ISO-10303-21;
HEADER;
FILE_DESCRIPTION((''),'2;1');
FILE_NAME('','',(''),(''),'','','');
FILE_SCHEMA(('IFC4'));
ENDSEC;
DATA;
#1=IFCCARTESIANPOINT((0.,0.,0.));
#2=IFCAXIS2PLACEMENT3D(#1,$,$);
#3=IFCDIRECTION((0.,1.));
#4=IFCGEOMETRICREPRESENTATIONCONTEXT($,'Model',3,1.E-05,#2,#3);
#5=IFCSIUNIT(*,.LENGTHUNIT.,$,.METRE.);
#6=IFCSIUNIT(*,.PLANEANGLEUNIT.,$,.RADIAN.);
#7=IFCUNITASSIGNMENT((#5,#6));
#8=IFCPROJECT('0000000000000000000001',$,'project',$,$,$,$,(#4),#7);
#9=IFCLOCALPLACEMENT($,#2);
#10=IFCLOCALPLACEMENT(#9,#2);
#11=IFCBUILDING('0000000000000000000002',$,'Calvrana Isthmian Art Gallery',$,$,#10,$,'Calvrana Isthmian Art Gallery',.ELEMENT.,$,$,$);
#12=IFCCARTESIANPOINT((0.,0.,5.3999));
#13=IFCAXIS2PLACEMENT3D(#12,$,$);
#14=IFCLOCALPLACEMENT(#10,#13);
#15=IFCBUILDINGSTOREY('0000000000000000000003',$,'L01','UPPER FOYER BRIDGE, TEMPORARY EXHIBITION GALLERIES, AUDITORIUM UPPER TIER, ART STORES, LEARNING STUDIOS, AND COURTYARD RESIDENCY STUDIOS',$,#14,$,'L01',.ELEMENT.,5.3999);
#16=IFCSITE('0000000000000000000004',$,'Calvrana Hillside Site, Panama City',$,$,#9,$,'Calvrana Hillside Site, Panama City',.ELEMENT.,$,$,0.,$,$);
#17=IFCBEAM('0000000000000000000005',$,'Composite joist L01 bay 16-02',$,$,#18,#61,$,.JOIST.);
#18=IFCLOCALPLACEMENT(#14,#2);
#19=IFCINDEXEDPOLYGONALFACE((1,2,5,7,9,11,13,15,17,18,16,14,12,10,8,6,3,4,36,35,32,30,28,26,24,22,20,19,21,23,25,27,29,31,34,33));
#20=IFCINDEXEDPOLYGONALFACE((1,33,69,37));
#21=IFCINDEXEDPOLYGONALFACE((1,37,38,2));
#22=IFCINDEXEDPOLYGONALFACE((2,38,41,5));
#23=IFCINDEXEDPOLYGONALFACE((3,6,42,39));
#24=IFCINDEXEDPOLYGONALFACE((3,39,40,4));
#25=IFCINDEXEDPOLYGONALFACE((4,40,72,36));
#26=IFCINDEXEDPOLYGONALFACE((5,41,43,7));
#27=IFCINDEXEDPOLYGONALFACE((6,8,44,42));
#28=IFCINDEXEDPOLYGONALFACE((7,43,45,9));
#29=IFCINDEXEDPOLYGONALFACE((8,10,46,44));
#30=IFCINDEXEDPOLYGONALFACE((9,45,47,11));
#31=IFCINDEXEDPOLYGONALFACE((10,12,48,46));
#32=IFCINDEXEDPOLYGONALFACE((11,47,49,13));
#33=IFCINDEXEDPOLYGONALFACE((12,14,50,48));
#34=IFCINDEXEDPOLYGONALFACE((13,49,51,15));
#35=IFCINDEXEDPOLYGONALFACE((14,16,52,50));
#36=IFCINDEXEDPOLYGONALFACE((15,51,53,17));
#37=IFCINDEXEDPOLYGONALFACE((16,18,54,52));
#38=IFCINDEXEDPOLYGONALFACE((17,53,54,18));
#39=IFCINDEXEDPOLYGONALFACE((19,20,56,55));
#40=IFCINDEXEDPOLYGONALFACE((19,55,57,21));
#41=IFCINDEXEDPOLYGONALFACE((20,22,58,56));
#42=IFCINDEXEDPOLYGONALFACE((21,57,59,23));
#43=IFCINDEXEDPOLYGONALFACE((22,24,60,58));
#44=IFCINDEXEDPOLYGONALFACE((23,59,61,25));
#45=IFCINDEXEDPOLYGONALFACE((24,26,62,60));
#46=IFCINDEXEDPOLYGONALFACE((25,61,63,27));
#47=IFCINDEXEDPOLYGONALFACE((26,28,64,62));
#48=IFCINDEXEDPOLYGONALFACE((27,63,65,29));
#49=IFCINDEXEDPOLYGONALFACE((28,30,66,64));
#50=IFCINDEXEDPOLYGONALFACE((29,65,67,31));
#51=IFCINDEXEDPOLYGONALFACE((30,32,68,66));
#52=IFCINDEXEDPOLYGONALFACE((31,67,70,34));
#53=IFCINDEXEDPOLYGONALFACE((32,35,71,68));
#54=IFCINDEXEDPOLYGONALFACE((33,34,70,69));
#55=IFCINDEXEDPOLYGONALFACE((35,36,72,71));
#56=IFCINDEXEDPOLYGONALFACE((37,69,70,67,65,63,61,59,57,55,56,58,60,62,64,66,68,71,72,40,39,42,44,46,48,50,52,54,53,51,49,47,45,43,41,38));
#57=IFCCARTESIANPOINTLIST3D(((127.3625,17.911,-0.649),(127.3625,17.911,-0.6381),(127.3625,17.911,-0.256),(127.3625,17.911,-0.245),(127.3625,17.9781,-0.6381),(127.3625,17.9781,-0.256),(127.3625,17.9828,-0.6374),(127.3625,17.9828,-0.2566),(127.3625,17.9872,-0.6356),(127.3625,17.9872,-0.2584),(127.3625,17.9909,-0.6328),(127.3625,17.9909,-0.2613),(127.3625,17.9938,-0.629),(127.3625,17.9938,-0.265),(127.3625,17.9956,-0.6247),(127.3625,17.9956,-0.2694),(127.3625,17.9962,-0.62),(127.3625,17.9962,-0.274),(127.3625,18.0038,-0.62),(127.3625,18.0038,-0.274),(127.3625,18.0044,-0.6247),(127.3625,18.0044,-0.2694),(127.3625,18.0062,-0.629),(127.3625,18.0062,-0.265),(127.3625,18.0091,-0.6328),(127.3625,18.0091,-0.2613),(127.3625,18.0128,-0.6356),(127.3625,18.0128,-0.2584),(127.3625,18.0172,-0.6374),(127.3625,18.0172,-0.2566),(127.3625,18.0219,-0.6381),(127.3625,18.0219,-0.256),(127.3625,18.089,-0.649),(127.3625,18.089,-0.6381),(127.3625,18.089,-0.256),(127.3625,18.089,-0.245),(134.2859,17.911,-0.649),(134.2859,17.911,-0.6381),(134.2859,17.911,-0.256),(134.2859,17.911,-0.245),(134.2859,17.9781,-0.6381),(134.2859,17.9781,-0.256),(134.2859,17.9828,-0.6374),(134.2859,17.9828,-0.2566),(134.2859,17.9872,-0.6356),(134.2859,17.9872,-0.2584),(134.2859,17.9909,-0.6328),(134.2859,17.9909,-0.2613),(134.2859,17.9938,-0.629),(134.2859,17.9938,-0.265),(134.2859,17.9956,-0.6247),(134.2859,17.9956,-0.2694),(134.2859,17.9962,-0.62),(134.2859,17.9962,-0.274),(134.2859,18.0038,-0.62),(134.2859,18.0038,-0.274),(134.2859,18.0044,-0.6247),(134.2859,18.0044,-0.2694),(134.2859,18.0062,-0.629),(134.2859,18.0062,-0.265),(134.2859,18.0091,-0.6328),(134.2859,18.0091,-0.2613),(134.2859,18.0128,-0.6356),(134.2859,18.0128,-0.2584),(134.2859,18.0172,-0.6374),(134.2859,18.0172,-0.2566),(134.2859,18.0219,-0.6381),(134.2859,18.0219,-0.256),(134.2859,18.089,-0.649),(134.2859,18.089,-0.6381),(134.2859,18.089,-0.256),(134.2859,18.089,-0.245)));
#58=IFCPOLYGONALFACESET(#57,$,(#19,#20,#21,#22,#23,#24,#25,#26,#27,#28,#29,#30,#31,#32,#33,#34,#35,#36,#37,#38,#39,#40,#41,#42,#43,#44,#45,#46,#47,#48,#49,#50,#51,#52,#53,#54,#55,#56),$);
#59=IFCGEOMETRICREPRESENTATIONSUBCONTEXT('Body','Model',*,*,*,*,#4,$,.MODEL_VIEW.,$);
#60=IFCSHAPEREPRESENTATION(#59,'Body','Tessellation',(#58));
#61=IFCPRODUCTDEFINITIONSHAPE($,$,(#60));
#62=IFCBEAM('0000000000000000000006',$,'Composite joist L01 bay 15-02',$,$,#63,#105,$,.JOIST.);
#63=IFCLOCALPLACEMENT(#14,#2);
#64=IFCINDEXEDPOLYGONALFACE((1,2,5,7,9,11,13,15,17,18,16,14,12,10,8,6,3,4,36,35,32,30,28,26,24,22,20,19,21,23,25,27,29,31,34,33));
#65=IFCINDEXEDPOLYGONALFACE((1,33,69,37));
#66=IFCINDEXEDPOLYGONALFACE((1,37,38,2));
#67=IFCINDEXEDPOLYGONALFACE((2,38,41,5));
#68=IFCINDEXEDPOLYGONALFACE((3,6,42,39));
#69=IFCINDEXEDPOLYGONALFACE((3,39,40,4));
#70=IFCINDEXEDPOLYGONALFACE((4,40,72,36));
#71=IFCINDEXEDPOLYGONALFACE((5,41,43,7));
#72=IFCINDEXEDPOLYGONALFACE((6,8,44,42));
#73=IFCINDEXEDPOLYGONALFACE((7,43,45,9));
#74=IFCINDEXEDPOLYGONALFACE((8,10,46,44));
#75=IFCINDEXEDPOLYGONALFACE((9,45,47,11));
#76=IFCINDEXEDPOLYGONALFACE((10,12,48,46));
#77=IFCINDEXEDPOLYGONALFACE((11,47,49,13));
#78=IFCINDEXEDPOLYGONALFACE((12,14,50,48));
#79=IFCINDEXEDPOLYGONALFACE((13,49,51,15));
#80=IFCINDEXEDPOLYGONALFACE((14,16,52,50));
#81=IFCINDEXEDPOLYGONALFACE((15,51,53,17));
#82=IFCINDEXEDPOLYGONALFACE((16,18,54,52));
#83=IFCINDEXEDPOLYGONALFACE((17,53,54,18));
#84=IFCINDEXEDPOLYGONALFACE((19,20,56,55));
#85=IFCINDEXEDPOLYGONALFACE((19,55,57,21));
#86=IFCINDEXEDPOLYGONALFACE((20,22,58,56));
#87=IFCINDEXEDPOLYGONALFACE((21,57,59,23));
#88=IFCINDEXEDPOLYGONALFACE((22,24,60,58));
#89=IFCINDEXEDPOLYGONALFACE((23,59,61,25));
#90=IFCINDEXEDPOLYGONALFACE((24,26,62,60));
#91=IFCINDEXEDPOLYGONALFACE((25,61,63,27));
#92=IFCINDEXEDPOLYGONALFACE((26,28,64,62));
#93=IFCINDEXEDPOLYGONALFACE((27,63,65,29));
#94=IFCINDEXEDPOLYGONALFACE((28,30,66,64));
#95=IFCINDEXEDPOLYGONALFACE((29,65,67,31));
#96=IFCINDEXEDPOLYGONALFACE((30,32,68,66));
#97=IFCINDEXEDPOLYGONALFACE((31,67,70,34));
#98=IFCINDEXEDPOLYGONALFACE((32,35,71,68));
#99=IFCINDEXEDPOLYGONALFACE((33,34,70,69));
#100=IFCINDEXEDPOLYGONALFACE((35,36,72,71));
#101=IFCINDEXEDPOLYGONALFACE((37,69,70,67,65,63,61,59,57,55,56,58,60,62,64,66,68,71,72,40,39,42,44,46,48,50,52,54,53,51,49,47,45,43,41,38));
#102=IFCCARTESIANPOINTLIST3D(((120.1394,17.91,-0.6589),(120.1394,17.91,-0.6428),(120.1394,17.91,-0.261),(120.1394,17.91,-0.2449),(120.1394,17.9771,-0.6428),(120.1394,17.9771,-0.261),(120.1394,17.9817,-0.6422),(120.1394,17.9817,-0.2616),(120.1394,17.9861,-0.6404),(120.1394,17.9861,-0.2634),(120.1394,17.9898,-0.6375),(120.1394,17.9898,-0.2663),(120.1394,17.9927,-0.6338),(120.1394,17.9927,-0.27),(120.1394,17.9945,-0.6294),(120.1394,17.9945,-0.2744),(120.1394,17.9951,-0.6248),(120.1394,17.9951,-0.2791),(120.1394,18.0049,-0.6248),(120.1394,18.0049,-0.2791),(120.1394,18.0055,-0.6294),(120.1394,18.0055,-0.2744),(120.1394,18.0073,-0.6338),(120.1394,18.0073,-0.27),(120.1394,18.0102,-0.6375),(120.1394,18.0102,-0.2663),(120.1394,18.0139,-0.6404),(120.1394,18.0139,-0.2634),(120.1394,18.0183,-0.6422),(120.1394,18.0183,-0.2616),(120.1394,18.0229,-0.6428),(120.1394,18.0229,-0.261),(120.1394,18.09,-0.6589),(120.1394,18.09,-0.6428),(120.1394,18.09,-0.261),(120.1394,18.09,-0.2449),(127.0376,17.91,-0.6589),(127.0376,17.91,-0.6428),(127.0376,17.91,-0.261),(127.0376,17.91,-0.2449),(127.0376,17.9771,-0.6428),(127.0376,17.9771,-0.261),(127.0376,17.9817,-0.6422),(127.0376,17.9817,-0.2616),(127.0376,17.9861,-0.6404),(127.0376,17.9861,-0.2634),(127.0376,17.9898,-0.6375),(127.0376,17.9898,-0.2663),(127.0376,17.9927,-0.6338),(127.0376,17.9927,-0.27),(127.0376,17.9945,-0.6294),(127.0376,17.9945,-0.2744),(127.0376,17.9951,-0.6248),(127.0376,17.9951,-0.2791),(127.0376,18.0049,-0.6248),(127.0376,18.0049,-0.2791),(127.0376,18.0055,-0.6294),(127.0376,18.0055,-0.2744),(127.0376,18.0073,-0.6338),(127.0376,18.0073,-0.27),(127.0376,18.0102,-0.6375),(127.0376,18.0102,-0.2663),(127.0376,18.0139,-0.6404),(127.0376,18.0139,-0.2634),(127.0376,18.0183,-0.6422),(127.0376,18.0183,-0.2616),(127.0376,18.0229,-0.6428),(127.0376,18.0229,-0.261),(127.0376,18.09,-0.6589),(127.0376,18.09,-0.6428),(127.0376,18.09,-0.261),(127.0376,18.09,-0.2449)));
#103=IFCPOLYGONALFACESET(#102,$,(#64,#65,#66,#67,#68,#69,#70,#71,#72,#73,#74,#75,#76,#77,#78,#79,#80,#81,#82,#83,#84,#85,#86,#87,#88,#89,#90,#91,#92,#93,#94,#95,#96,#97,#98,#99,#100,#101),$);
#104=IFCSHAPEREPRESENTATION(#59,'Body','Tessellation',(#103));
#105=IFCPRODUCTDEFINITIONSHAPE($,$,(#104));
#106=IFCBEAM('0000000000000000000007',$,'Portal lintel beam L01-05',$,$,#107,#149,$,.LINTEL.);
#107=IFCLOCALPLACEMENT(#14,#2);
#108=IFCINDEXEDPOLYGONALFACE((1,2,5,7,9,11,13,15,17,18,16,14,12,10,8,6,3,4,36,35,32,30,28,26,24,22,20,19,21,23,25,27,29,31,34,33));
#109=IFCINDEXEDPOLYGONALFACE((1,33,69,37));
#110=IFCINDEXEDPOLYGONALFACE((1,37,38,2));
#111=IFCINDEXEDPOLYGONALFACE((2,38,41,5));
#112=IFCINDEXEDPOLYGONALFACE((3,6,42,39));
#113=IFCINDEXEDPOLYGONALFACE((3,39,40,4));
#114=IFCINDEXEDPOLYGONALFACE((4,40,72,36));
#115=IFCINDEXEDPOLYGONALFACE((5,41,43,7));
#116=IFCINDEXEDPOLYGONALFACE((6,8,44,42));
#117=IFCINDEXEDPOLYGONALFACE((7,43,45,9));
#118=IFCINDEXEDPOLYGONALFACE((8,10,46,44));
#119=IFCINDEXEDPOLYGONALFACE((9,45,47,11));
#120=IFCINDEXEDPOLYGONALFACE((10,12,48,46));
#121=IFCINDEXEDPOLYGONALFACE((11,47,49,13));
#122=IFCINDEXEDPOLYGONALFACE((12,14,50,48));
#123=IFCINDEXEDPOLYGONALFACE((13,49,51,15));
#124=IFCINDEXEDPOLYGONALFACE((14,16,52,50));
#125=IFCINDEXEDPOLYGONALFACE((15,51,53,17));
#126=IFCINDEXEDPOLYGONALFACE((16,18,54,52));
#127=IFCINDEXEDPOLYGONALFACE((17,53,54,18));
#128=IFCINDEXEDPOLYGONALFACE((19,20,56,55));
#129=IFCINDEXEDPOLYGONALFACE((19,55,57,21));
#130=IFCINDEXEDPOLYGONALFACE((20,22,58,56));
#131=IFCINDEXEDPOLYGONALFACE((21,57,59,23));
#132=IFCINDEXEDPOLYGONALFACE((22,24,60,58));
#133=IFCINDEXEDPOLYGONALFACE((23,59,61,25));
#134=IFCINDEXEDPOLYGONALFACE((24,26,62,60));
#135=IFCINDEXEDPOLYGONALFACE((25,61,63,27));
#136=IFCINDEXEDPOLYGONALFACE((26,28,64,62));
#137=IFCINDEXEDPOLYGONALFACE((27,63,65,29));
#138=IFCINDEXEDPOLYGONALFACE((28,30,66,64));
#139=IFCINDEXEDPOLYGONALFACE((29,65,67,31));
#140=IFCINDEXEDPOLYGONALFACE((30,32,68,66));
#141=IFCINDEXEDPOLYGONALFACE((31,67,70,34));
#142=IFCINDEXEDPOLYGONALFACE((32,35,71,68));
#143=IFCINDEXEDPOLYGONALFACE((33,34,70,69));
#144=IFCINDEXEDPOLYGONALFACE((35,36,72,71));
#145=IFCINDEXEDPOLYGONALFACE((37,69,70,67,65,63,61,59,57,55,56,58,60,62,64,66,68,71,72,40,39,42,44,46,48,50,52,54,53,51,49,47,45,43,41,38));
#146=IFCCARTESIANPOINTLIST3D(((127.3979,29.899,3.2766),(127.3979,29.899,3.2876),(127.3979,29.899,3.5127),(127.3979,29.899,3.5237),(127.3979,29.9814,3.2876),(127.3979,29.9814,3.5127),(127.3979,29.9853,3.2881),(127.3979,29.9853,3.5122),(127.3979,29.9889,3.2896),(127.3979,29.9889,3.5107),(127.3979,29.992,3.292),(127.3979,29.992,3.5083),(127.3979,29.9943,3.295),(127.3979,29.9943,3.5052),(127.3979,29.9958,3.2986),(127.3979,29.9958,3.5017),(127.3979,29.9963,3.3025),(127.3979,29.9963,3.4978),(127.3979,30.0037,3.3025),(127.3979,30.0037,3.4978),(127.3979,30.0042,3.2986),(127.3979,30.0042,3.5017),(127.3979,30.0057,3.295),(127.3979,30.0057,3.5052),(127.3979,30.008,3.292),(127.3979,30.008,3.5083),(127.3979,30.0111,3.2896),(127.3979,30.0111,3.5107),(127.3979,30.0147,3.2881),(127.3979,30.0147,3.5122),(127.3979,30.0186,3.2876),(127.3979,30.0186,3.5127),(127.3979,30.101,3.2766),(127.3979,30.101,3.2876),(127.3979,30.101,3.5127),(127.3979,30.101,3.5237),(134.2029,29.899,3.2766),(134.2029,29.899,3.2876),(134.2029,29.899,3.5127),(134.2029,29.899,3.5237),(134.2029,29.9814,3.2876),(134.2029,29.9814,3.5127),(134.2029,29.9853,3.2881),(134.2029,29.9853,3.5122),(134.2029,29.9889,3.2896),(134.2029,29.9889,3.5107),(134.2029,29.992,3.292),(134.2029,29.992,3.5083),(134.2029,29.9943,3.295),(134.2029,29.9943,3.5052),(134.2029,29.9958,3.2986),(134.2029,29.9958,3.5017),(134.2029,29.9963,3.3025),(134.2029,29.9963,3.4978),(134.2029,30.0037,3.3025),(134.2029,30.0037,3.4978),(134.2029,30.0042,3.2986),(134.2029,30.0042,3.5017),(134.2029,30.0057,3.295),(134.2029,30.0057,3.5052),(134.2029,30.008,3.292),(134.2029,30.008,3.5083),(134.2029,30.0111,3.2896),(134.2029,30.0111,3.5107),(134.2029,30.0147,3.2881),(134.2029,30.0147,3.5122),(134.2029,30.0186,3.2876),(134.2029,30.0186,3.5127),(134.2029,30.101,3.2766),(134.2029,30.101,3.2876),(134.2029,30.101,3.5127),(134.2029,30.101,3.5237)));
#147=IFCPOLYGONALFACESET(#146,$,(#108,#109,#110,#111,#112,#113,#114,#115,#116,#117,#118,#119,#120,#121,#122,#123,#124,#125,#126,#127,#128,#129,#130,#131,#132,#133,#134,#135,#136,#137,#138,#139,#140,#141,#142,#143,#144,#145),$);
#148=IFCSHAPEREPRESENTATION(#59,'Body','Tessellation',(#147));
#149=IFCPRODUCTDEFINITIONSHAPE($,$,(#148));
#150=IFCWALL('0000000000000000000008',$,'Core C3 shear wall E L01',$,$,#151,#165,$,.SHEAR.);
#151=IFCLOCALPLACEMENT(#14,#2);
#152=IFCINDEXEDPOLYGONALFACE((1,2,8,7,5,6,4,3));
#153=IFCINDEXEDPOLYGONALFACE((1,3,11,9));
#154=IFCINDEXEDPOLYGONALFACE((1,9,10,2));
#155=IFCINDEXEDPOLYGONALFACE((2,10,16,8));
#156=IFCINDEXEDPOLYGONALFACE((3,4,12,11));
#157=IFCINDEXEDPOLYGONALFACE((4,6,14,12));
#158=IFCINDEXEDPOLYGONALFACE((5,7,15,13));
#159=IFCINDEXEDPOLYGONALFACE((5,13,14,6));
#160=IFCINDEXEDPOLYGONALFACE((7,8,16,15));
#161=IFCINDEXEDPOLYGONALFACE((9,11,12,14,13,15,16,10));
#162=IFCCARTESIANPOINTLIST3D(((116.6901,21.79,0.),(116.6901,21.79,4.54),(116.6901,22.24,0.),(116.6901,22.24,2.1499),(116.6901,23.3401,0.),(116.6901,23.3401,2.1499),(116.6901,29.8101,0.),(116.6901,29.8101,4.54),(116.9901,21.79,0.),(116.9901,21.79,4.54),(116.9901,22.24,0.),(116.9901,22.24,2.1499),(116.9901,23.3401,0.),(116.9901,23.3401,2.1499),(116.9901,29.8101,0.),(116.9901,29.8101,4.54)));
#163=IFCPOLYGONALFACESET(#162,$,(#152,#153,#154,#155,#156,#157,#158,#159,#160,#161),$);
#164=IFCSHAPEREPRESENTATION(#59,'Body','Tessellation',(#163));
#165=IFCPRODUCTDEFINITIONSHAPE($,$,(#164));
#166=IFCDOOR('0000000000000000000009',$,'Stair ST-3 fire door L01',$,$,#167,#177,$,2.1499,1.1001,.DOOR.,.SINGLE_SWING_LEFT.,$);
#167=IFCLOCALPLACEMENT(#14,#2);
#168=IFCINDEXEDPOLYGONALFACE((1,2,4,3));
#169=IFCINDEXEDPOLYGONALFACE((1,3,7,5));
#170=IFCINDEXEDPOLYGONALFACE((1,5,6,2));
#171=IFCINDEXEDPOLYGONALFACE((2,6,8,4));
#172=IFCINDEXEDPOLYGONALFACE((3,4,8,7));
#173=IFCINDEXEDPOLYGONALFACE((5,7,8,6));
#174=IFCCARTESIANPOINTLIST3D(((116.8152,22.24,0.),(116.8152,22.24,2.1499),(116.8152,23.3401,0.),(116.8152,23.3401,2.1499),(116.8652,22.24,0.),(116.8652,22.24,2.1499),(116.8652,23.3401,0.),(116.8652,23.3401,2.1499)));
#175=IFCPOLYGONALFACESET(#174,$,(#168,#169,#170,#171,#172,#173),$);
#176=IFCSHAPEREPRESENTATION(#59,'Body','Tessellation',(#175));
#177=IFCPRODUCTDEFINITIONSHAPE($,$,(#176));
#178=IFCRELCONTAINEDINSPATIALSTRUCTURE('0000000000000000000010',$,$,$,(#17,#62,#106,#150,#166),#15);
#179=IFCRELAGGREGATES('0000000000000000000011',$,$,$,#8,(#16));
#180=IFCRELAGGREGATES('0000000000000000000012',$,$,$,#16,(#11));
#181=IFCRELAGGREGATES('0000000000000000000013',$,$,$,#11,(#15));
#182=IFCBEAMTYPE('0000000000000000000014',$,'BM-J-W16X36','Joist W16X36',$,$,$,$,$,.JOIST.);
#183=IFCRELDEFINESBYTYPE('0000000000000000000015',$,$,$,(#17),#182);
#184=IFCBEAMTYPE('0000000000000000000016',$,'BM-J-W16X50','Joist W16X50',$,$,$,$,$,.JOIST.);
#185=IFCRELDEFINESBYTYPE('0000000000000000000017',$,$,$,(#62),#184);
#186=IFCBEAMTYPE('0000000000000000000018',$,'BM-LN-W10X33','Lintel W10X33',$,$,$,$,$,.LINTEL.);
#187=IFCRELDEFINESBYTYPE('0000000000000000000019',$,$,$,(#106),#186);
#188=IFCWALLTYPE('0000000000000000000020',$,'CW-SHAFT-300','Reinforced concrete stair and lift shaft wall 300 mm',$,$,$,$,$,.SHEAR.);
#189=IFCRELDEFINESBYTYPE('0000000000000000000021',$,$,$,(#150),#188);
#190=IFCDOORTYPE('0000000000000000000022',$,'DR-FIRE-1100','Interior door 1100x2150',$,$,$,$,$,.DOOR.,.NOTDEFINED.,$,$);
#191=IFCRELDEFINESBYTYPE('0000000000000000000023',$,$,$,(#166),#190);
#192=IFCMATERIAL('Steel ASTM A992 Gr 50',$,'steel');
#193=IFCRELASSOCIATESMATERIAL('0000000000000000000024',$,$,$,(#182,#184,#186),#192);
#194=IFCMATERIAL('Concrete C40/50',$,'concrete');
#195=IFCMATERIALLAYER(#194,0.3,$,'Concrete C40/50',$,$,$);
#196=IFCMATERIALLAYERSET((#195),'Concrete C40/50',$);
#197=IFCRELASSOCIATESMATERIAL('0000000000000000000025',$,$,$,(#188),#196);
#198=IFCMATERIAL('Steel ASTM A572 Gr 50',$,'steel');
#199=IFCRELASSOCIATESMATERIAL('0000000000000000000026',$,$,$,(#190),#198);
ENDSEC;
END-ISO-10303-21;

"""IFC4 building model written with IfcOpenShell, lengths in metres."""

from ifc_helpers import new_model, si_unit, direction, frame, frame_2d, origin, origin_2d, place, context, subcontext, project, spatial, rectangle, i_section, extrude, material, layer, layer_set, material_profile, profile_set, type_object, element, fill, save


model = new_model("IFC4")

# Units and contexts
model_context = context("Model", 3, precision=1e-05, world=origin(), true_north=direction((0.0, 1.0)))
body_context = subcontext(model_context, "Body", "Model", "MODEL_VIEW")
ifc_project = project(units=[si_unit("LENGTHUNIT", "METRE"), si_unit("PLANEANGLEUNIT", "RADIAN")], contexts=[model_context])

# Site, building, storey
site_placement = place(None, origin())
site = spatial("IfcSite", under=ifc_project, at=site_placement, Name="Calvrana Hillside Site, Panama City", LongName="Calvrana Hillside Site, Panama City", CompositionType="ELEMENT", RefElevation=0.0)
building_placement = place(site_placement, origin())
building = spatial("IfcBuilding", under=site, at=building_placement, Name="Calvrana Isthmian Art Gallery", LongName="Calvrana Isthmian Art Gallery", CompositionType="ELEMENT")
storey_placement = place(building_placement, frame((0.0, 0.0, 5.3999)))
storey = spatial("IfcBuildingStorey", under=building, at=storey_placement, Name="L01", Description="UPPER FOYER BRIDGE, TEMPORARY EXHIBITION GALLERIES, AUDITORIUM UPPER TIER, ART STORES, LEARNING STUDIOS, AND COURTYARD RESIDENCY STUDIOS", LongName="L01", CompositionType="ELEMENT", Elevation=5.3999)

# Shared definitions
ifc_material_1 = material(Name="Steel ASTM A992 Gr 50", Category="steel")

# Beams
ifc_material_profile_1 = material_profile(ifc_material_1, i_section(OverallWidth=0.178, OverallDepth=0.4041, WebThickness=0.0076, FlangeThickness=0.011, FilletRadius=0.0181, at=origin_2d()), Name="W16X36")
ifc_profile_set_1 = profile_set([ifc_material_profile_1], Name="Steel ASTM A992 Gr 50")
beam_type_1 = type_object("IfcBeamType", Name="BM-J-W16X36", Description="Joist W16X36", PredefinedType="JOIST", material=ifc_profile_set_1)
beam_1_placement = place(storey_placement, frame((127.3625, 18.0, -0.447), z_axis=(1.0, 0.0, 0.0), x_axis=(0.0, 1.0, 0.0)))
element("IfcBeam", 1, at=beam_1_placement, inside=storey, type_object=beam_type_1, Name="Composite joist L01 bay 16-02", PredefinedType="JOIST", context=body_context, shape_type="SweptSolid", body=[
    extrude(i_section(OverallWidth=0.178, OverallDepth=0.4041, WebThickness=0.0076, FlangeThickness=0.011, FilletRadius=0.0181, at=origin_2d()), origin(), (0.0, 0.0, 1.0), 6.9233),
])
ifc_material_profile_2 = material_profile(ifc_material_1, i_section(OverallWidth=0.1799, OverallDepth=0.4141, WebThickness=0.0098, FlangeThickness=0.0161, FilletRadius=0.0181, at=origin_2d()), Name="W16X50")
ifc_profile_set_2 = profile_set([ifc_material_profile_2], Name="Steel ASTM A992 Gr 50")
beam_type_2 = type_object("IfcBeamType", Name="BM-J-W16X50", Description="Joist W16X50", PredefinedType="JOIST", material=ifc_profile_set_2)
beam_2_placement = place(storey_placement, frame((120.1394, 18.0, -0.4519), z_axis=(1.0, 0.0, 0.0), x_axis=(0.0, 1.0, 0.0)))
element("IfcBeam", 2, at=beam_2_placement, inside=storey, type_object=beam_type_2, Name="Composite joist L01 bay 15-02", PredefinedType="JOIST", context=body_context, shape_type="SweptSolid", body=[
    extrude(i_section(OverallWidth=0.1799, OverallDepth=0.4141, WebThickness=0.0098, FlangeThickness=0.0161, FilletRadius=0.0181, at=origin_2d()), origin(), (0.0, 0.0, 1.0), 6.8982),
])
ifc_material_profile_3 = material_profile(ifc_material_1, i_section(OverallWidth=0.2019, OverallDepth=0.2471, WebThickness=0.0073, FlangeThickness=0.011, FilletRadius=0.0149, at=origin_2d()), Name="W10X33")
ifc_profile_set_3 = profile_set([ifc_material_profile_3], Name="Steel ASTM A992 Gr 50")
beam_type_3 = type_object("IfcBeamType", Name="BM-LN-W10X33", Description="Lintel W10X33", PredefinedType="LINTEL", material=ifc_profile_set_3)
beam_3_placement = place(storey_placement, frame((127.3979, 30.0, 3.4001), z_axis=(1.0, 0.0, 0.0), x_axis=(0.0, 1.0, 0.0)))
element("IfcBeam", 3, at=beam_3_placement, inside=storey, type_object=beam_type_3, Name="Portal lintel beam L01-05", PredefinedType="LINTEL", context=body_context, shape_type="SweptSolid", body=[
    extrude(i_section(OverallWidth=0.2019, OverallDepth=0.2471, WebThickness=0.0073, FlangeThickness=0.011, FilletRadius=0.0149, at=origin_2d()), origin(), (0.0, 0.0, 1.0), 6.8049),
])

# Wall, opening, door
ifc_material_2 = material(Name="Concrete C40/50", Category="concrete")
ifc_layer_1 = layer(ifc_material_2, 0.3, Name="Concrete C40/50")
ifc_layer_set_1 = layer_set([ifc_layer_1], Name="Concrete C40/50")
wall_type_1 = type_object("IfcWallType", Name="CW-SHAFT-300", Description="Reinforced concrete stair and lift shaft wall 300 mm", PredefinedType="SHEAR", material=ifc_layer_set_1)
wall_1_placement = place(storey_placement, frame((116.8401, 21.79, 0.0), z_axis=(0.0, 0.0, 1.0), x_axis=(0.0, 1.0, 0.0)))
wall_1 = element("IfcWall", 4, at=wall_1_placement, inside=storey, type_object=wall_type_1, Name="Core C3 shear wall E L01", PredefinedType="SHEAR", context=body_context, shape_type="SweptSolid", body=[
    extrude(rectangle(XDim=8.02, YDim=0.3, at=frame_2d((4.01, 0.0))), origin(), (0.0, 0.0, 1.0), 4.54),
])
opening_1_placement = place(wall_1_placement, frame((0.45, 0.0, 0.0)))
opening_1 = element("IfcOpeningElement", 5, at=opening_1_placement, cuts=wall_1, PredefinedType="OPENING", context=body_context, shape_type="SweptSolid", body=[
    extrude(rectangle(XDim=1.1001, YDim=2.1499, at=frame_2d((0.55, 1.075))), frame((0.0, 0.1602, 0.0), z_axis=(0.0, -1.0, 0.0), x_axis=(1.0, 0.0, 0.0)), (0.0, 0.0, 1.0), 0.3206),
])
ifc_material_3 = material(Name="Steel ASTM A572 Gr 50", Category="steel")
door_type_1 = type_object("IfcDoorType", Name="DR-FIRE-1100", Description="Interior door 1100x2150", OperationType="NOTDEFINED", PredefinedType="DOOR", material=ifc_material_3)
door_1_placement = place(opening_1_placement, origin())
door_1 = element("IfcDoor", 6, at=door_1_placement, inside=storey, type_object=door_type_1, Name="Stair ST-3 fire door L01", OperationType="SINGLE_SWING_LEFT", OverallHeight=2.1499, OverallWidth=1.1001, PredefinedType="DOOR", context=body_context, shape_type="SweptSolid", body=[
    extrude(rectangle(XDim=1.1001, YDim=2.1499, at=frame_2d((0.55, 1.075))), frame((0.0, 0.0249, 0.0), z_axis=(0.0, -1.0, 0.0), x_axis=(1.0, 0.0, 0.0)), (0.0, 0.0, 1.0), 0.05),
])
fill(opening_1, door_1)

save(model, "model.ifc")
